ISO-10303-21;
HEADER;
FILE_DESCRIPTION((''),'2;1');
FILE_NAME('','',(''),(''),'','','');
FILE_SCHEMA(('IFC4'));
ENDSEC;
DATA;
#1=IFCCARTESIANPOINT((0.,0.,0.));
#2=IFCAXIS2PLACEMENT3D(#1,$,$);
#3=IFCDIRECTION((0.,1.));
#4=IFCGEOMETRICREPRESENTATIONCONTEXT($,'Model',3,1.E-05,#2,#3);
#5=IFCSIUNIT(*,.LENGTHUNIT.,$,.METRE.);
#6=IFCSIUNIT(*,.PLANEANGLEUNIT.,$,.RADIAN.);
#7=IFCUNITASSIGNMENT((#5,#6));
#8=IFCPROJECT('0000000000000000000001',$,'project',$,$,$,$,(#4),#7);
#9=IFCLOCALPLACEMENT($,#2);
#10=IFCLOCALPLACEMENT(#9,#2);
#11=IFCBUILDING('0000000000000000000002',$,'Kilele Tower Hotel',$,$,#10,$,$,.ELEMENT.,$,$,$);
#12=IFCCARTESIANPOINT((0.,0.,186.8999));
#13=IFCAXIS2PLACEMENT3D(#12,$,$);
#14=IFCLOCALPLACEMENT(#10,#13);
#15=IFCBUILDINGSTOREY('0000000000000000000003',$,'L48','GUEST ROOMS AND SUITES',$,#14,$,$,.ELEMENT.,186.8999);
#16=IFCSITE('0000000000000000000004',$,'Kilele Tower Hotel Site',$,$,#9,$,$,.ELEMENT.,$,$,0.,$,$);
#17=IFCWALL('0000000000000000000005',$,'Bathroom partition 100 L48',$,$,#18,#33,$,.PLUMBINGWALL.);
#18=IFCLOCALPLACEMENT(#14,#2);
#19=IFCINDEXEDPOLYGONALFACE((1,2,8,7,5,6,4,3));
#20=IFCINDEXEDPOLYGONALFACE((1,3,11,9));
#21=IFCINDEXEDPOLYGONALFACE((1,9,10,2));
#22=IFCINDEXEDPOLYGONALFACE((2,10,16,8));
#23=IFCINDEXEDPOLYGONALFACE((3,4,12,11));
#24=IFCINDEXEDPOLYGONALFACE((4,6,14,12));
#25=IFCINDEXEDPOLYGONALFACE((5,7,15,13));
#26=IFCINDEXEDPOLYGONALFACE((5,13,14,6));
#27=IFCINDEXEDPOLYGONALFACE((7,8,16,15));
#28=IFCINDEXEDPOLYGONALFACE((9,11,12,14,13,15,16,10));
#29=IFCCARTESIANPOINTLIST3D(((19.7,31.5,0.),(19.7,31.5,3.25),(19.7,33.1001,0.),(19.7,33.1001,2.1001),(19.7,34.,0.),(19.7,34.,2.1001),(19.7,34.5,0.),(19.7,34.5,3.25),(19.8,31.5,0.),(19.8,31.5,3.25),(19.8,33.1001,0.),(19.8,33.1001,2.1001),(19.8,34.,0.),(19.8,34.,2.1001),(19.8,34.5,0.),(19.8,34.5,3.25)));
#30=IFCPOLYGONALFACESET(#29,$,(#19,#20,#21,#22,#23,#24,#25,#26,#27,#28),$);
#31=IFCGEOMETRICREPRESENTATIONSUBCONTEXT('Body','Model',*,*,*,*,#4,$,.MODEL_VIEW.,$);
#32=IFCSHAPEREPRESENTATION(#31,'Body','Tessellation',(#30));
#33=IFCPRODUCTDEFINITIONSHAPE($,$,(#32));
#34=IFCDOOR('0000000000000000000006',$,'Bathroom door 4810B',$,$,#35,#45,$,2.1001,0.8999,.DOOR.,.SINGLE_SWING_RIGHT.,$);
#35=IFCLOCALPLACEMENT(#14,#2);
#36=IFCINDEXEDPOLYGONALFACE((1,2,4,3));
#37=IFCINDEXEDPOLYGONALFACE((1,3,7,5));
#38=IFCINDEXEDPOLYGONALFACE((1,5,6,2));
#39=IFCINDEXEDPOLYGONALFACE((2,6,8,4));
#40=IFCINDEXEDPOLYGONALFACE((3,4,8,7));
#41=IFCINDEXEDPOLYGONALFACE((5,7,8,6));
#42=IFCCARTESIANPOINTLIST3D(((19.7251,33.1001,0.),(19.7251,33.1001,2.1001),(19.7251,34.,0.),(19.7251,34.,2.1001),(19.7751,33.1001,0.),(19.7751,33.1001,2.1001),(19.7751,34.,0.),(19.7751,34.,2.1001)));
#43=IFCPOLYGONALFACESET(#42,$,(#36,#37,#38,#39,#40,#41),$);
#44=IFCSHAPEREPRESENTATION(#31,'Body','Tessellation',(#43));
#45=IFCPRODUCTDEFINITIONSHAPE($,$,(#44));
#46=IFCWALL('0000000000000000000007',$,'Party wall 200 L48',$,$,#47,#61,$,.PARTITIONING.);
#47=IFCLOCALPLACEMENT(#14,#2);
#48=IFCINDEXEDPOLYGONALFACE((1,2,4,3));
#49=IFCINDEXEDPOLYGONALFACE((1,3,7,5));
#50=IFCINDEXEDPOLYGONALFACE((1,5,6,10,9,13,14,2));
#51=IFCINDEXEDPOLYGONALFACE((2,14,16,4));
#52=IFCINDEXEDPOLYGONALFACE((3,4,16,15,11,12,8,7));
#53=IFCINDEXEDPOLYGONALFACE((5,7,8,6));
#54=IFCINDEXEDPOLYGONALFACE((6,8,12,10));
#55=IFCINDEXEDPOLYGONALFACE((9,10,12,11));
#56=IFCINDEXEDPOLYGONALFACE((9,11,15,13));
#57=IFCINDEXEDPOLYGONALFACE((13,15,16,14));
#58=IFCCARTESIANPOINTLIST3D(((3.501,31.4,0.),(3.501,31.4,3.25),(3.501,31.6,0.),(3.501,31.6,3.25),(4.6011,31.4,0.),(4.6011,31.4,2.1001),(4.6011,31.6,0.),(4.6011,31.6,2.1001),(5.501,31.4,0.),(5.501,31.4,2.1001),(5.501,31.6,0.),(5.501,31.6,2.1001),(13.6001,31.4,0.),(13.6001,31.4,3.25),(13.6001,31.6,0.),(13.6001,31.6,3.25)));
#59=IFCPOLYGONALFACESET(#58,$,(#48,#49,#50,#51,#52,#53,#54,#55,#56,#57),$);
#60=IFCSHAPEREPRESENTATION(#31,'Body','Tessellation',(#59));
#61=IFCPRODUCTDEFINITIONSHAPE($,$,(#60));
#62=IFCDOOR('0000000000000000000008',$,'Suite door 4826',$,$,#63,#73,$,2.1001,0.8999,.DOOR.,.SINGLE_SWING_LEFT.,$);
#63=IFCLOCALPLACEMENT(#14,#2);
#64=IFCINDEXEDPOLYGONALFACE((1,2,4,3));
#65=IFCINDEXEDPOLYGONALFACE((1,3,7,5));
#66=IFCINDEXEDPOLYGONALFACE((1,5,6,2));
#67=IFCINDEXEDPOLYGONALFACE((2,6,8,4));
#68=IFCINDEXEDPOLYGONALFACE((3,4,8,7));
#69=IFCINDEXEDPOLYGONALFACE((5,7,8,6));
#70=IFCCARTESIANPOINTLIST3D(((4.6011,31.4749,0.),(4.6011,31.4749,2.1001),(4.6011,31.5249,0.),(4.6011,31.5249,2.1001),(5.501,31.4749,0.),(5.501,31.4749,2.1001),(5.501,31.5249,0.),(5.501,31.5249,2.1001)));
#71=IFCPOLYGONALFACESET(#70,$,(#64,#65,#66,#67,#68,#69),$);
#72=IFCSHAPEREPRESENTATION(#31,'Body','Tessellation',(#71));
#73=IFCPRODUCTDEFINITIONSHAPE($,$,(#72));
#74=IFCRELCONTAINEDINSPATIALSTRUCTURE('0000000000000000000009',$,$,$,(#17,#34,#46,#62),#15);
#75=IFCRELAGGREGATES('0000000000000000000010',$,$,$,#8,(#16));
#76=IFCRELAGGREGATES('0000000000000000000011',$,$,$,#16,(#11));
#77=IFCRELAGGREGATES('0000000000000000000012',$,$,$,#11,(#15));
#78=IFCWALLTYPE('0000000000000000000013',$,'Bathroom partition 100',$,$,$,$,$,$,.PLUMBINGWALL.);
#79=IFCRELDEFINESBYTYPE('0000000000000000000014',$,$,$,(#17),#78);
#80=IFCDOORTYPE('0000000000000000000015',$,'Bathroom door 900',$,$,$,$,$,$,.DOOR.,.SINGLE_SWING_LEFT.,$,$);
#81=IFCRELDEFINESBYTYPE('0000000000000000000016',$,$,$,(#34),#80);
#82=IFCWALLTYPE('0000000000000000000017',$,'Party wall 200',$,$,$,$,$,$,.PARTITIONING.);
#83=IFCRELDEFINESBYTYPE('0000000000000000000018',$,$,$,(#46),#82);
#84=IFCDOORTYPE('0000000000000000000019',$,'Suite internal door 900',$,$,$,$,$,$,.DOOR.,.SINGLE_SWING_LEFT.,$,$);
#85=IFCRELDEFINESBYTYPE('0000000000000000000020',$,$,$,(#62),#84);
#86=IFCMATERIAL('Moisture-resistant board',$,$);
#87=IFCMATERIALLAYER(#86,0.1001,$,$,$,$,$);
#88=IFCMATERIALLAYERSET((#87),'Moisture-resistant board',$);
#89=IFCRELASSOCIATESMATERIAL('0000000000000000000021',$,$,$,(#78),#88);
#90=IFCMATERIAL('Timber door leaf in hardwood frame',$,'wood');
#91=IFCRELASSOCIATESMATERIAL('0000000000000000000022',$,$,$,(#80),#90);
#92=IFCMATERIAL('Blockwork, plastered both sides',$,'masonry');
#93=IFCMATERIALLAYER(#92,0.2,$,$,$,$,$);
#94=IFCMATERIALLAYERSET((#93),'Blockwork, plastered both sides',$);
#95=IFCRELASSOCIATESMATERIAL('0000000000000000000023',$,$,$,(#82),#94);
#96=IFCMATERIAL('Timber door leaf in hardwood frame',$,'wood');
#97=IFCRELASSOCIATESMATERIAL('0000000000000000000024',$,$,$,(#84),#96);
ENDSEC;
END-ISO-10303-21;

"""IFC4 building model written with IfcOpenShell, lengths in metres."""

from ifc_helpers import new_model, si_unit, direction, frame, frame_2d, origin, place, context, subcontext, project, spatial, rectangle, extrude, material, layer, layer_set, type_object, element, fill, save


model = new_model("IFC4")

# Units and contexts
model_context = context("Model", 3, precision=1e-05, world=origin(), true_north=direction((0.0, 1.0)))
body_context = subcontext(model_context, "Body", "Model", "MODEL_VIEW")
ifc_project = project(units=[si_unit("LENGTHUNIT", "METRE"), si_unit("PLANEANGLEUNIT", "RADIAN")], contexts=[model_context])

# Site, building, storey
site_placement = place(None, origin())
site = spatial("IfcSite", under=ifc_project, at=site_placement, Name="Kilele Tower Hotel Site", CompositionType="ELEMENT", RefElevation=0.0)
building_placement = place(site_placement, origin())
building = spatial("IfcBuilding", under=site, at=building_placement, Name="Kilele Tower Hotel", CompositionType="ELEMENT")
storey_placement = place(building_placement, frame((0.0, 0.0, 186.8999)))
storey = spatial("IfcBuildingStorey", under=building, at=storey_placement, Name="L48", Description="GUEST ROOMS AND SUITES", CompositionType="ELEMENT", Elevation=186.8999)

# Shared definitions
ifc_material_1 = material(Name="Moisture-resistant board")
ifc_layer_1 = layer(ifc_material_1, 0.1001)
ifc_layer_set_1 = layer_set([ifc_layer_1], Name="Moisture-resistant board")
wall_type_1 = type_object("IfcWallType", Name="Bathroom partition 100", PredefinedType="PLUMBINGWALL", material=ifc_layer_set_1)

# Shared definitions
ifc_material_2 = material(Name="Timber door leaf in hardwood frame", Category="wood")
door_type_1 = type_object("IfcDoorType", Name="Bathroom door 900", OperationType="SINGLE_SWING_LEFT", PredefinedType="DOOR", material=ifc_material_2)

# Walls, openings, doors
wall_1_placement = place(storey_placement, frame((19.75, 31.5, 0.0), z_axis=(0.0, 0.0, 1.0), x_axis=(0.0, 1.0, 0.0)))
wall_1 = element("IfcWall", 1, at=wall_1_placement, inside=storey, type_object=wall_type_1, Name="Bathroom partition 100 L48", PredefinedType="PLUMBINGWALL", context=body_context, shape_type="SweptSolid", body=[
    extrude(rectangle(XDim=3.0, YDim=0.1001, at=frame_2d((1.5, 0.0))), origin(), (0.0, 0.0, 1.0), 3.25),
])
opening_1_placement = place(wall_1_placement, frame((1.6001, 0.0, 0.0)))
opening_1 = element("IfcOpeningElement", 2, at=opening_1_placement, cuts=wall_1, PredefinedType="OPENING", context=body_context, shape_type="SweptSolid", body=[
    extrude(rectangle(XDim=0.8999, YDim=2.1001, at=frame_2d((0.45, 1.05))), frame((0.0, 0.0601, 0.0), z_axis=(0.0, -1.0, 0.0), x_axis=(1.0, 0.0, 0.0)), (0.0, 0.0, 1.0), 0.1201),
])
door_1_placement = place(opening_1_placement, origin())
door_1 = element("IfcDoor", 3, at=door_1_placement, inside=storey, type_object=door_type_1, Name="Bathroom door 4810B", OperationType="SINGLE_SWING_RIGHT", OverallHeight=2.1001, OverallWidth=0.8999, PredefinedType="DOOR", context=body_context, shape_type="SweptSolid", body=[
    extrude(rectangle(XDim=0.8999, YDim=2.1001, at=frame_2d((0.45, 1.05))), frame((0.0, 0.0249, 0.0), z_axis=(0.0, -1.0, 0.0), x_axis=(1.0, 0.0, 0.0)), (0.0, 0.0, 1.0), 0.05),
])
fill(opening_1, door_1)
ifc_material_3 = material(Name="Blockwork, plastered both sides", Category="masonry")
ifc_layer_2 = layer(ifc_material_3, 0.2)
ifc_layer_set_2 = layer_set([ifc_layer_2], Name="Blockwork, plastered both sides")
wall_type_2 = type_object("IfcWallType", Name="Party wall 200", PredefinedType="PARTITIONING", material=ifc_layer_set_2)
wall_2_placement = place(storey_placement, frame((13.6001, 31.5, 0.0), z_axis=(0.0, 0.0, 1.0), x_axis=(-1.0, 0.0, 0.0)))
wall_2 = element("IfcWall", 4, at=wall_2_placement, inside=storey, type_object=wall_type_2, Name="Party wall 200 L48", PredefinedType="PARTITIONING", context=body_context, shape_type="SweptSolid", body=[
    extrude(rectangle(XDim=10.0991, YDim=0.2, at=frame_2d((5.0496, 0.0))), origin(), (0.0, 0.0, 1.0), 3.25),
])
opening_2_placement = place(wall_2_placement, frame((8.999, 0.0, 0.0), z_axis=(0.0, 0.0, 1.0), x_axis=(-1.0, 0.0, 0.0)))
opening_2 = element("IfcOpeningElement", 5, at=opening_2_placement, cuts=wall_2, PredefinedType="OPENING", context=body_context, shape_type="SweptSolid", body=[
    extrude(rectangle(XDim=0.8999, YDim=2.1001, at=frame_2d((0.45, 1.05))), frame((0.0, 0.1099, 0.0), z_axis=(0.0, -1.0, 0.0), x_axis=(1.0, 0.0, 0.0)), (0.0, 0.0, 1.0), 0.22),
])
ifc_material_4 = material(Name="Timber door leaf in hardwood frame", Category="wood")
door_type_2 = type_object("IfcDoorType", Name="Suite internal door 900", OperationType="SINGLE_SWING_LEFT", PredefinedType="DOOR", material=ifc_material_4)
door_2_placement = place(opening_2_placement, origin())
door_2 = element("IfcDoor", 6, at=door_2_placement, inside=storey, type_object=door_type_2, Name="Suite door 4826", OperationType="SINGLE_SWING_LEFT", OverallHeight=2.1001, OverallWidth=0.8999, PredefinedType="DOOR", context=body_context, shape_type="SweptSolid", body=[
    extrude(rectangle(XDim=0.8999, YDim=2.1001, at=frame_2d((0.45, 1.05))), frame((0.0, 0.0249, 0.0), z_axis=(0.0, -1.0, 0.0), x_axis=(1.0, 0.0, 0.0)), (0.0, 0.0, 1.0), 0.05),
])
fill(opening_2, door_2)

save(model, "model.ifc")
